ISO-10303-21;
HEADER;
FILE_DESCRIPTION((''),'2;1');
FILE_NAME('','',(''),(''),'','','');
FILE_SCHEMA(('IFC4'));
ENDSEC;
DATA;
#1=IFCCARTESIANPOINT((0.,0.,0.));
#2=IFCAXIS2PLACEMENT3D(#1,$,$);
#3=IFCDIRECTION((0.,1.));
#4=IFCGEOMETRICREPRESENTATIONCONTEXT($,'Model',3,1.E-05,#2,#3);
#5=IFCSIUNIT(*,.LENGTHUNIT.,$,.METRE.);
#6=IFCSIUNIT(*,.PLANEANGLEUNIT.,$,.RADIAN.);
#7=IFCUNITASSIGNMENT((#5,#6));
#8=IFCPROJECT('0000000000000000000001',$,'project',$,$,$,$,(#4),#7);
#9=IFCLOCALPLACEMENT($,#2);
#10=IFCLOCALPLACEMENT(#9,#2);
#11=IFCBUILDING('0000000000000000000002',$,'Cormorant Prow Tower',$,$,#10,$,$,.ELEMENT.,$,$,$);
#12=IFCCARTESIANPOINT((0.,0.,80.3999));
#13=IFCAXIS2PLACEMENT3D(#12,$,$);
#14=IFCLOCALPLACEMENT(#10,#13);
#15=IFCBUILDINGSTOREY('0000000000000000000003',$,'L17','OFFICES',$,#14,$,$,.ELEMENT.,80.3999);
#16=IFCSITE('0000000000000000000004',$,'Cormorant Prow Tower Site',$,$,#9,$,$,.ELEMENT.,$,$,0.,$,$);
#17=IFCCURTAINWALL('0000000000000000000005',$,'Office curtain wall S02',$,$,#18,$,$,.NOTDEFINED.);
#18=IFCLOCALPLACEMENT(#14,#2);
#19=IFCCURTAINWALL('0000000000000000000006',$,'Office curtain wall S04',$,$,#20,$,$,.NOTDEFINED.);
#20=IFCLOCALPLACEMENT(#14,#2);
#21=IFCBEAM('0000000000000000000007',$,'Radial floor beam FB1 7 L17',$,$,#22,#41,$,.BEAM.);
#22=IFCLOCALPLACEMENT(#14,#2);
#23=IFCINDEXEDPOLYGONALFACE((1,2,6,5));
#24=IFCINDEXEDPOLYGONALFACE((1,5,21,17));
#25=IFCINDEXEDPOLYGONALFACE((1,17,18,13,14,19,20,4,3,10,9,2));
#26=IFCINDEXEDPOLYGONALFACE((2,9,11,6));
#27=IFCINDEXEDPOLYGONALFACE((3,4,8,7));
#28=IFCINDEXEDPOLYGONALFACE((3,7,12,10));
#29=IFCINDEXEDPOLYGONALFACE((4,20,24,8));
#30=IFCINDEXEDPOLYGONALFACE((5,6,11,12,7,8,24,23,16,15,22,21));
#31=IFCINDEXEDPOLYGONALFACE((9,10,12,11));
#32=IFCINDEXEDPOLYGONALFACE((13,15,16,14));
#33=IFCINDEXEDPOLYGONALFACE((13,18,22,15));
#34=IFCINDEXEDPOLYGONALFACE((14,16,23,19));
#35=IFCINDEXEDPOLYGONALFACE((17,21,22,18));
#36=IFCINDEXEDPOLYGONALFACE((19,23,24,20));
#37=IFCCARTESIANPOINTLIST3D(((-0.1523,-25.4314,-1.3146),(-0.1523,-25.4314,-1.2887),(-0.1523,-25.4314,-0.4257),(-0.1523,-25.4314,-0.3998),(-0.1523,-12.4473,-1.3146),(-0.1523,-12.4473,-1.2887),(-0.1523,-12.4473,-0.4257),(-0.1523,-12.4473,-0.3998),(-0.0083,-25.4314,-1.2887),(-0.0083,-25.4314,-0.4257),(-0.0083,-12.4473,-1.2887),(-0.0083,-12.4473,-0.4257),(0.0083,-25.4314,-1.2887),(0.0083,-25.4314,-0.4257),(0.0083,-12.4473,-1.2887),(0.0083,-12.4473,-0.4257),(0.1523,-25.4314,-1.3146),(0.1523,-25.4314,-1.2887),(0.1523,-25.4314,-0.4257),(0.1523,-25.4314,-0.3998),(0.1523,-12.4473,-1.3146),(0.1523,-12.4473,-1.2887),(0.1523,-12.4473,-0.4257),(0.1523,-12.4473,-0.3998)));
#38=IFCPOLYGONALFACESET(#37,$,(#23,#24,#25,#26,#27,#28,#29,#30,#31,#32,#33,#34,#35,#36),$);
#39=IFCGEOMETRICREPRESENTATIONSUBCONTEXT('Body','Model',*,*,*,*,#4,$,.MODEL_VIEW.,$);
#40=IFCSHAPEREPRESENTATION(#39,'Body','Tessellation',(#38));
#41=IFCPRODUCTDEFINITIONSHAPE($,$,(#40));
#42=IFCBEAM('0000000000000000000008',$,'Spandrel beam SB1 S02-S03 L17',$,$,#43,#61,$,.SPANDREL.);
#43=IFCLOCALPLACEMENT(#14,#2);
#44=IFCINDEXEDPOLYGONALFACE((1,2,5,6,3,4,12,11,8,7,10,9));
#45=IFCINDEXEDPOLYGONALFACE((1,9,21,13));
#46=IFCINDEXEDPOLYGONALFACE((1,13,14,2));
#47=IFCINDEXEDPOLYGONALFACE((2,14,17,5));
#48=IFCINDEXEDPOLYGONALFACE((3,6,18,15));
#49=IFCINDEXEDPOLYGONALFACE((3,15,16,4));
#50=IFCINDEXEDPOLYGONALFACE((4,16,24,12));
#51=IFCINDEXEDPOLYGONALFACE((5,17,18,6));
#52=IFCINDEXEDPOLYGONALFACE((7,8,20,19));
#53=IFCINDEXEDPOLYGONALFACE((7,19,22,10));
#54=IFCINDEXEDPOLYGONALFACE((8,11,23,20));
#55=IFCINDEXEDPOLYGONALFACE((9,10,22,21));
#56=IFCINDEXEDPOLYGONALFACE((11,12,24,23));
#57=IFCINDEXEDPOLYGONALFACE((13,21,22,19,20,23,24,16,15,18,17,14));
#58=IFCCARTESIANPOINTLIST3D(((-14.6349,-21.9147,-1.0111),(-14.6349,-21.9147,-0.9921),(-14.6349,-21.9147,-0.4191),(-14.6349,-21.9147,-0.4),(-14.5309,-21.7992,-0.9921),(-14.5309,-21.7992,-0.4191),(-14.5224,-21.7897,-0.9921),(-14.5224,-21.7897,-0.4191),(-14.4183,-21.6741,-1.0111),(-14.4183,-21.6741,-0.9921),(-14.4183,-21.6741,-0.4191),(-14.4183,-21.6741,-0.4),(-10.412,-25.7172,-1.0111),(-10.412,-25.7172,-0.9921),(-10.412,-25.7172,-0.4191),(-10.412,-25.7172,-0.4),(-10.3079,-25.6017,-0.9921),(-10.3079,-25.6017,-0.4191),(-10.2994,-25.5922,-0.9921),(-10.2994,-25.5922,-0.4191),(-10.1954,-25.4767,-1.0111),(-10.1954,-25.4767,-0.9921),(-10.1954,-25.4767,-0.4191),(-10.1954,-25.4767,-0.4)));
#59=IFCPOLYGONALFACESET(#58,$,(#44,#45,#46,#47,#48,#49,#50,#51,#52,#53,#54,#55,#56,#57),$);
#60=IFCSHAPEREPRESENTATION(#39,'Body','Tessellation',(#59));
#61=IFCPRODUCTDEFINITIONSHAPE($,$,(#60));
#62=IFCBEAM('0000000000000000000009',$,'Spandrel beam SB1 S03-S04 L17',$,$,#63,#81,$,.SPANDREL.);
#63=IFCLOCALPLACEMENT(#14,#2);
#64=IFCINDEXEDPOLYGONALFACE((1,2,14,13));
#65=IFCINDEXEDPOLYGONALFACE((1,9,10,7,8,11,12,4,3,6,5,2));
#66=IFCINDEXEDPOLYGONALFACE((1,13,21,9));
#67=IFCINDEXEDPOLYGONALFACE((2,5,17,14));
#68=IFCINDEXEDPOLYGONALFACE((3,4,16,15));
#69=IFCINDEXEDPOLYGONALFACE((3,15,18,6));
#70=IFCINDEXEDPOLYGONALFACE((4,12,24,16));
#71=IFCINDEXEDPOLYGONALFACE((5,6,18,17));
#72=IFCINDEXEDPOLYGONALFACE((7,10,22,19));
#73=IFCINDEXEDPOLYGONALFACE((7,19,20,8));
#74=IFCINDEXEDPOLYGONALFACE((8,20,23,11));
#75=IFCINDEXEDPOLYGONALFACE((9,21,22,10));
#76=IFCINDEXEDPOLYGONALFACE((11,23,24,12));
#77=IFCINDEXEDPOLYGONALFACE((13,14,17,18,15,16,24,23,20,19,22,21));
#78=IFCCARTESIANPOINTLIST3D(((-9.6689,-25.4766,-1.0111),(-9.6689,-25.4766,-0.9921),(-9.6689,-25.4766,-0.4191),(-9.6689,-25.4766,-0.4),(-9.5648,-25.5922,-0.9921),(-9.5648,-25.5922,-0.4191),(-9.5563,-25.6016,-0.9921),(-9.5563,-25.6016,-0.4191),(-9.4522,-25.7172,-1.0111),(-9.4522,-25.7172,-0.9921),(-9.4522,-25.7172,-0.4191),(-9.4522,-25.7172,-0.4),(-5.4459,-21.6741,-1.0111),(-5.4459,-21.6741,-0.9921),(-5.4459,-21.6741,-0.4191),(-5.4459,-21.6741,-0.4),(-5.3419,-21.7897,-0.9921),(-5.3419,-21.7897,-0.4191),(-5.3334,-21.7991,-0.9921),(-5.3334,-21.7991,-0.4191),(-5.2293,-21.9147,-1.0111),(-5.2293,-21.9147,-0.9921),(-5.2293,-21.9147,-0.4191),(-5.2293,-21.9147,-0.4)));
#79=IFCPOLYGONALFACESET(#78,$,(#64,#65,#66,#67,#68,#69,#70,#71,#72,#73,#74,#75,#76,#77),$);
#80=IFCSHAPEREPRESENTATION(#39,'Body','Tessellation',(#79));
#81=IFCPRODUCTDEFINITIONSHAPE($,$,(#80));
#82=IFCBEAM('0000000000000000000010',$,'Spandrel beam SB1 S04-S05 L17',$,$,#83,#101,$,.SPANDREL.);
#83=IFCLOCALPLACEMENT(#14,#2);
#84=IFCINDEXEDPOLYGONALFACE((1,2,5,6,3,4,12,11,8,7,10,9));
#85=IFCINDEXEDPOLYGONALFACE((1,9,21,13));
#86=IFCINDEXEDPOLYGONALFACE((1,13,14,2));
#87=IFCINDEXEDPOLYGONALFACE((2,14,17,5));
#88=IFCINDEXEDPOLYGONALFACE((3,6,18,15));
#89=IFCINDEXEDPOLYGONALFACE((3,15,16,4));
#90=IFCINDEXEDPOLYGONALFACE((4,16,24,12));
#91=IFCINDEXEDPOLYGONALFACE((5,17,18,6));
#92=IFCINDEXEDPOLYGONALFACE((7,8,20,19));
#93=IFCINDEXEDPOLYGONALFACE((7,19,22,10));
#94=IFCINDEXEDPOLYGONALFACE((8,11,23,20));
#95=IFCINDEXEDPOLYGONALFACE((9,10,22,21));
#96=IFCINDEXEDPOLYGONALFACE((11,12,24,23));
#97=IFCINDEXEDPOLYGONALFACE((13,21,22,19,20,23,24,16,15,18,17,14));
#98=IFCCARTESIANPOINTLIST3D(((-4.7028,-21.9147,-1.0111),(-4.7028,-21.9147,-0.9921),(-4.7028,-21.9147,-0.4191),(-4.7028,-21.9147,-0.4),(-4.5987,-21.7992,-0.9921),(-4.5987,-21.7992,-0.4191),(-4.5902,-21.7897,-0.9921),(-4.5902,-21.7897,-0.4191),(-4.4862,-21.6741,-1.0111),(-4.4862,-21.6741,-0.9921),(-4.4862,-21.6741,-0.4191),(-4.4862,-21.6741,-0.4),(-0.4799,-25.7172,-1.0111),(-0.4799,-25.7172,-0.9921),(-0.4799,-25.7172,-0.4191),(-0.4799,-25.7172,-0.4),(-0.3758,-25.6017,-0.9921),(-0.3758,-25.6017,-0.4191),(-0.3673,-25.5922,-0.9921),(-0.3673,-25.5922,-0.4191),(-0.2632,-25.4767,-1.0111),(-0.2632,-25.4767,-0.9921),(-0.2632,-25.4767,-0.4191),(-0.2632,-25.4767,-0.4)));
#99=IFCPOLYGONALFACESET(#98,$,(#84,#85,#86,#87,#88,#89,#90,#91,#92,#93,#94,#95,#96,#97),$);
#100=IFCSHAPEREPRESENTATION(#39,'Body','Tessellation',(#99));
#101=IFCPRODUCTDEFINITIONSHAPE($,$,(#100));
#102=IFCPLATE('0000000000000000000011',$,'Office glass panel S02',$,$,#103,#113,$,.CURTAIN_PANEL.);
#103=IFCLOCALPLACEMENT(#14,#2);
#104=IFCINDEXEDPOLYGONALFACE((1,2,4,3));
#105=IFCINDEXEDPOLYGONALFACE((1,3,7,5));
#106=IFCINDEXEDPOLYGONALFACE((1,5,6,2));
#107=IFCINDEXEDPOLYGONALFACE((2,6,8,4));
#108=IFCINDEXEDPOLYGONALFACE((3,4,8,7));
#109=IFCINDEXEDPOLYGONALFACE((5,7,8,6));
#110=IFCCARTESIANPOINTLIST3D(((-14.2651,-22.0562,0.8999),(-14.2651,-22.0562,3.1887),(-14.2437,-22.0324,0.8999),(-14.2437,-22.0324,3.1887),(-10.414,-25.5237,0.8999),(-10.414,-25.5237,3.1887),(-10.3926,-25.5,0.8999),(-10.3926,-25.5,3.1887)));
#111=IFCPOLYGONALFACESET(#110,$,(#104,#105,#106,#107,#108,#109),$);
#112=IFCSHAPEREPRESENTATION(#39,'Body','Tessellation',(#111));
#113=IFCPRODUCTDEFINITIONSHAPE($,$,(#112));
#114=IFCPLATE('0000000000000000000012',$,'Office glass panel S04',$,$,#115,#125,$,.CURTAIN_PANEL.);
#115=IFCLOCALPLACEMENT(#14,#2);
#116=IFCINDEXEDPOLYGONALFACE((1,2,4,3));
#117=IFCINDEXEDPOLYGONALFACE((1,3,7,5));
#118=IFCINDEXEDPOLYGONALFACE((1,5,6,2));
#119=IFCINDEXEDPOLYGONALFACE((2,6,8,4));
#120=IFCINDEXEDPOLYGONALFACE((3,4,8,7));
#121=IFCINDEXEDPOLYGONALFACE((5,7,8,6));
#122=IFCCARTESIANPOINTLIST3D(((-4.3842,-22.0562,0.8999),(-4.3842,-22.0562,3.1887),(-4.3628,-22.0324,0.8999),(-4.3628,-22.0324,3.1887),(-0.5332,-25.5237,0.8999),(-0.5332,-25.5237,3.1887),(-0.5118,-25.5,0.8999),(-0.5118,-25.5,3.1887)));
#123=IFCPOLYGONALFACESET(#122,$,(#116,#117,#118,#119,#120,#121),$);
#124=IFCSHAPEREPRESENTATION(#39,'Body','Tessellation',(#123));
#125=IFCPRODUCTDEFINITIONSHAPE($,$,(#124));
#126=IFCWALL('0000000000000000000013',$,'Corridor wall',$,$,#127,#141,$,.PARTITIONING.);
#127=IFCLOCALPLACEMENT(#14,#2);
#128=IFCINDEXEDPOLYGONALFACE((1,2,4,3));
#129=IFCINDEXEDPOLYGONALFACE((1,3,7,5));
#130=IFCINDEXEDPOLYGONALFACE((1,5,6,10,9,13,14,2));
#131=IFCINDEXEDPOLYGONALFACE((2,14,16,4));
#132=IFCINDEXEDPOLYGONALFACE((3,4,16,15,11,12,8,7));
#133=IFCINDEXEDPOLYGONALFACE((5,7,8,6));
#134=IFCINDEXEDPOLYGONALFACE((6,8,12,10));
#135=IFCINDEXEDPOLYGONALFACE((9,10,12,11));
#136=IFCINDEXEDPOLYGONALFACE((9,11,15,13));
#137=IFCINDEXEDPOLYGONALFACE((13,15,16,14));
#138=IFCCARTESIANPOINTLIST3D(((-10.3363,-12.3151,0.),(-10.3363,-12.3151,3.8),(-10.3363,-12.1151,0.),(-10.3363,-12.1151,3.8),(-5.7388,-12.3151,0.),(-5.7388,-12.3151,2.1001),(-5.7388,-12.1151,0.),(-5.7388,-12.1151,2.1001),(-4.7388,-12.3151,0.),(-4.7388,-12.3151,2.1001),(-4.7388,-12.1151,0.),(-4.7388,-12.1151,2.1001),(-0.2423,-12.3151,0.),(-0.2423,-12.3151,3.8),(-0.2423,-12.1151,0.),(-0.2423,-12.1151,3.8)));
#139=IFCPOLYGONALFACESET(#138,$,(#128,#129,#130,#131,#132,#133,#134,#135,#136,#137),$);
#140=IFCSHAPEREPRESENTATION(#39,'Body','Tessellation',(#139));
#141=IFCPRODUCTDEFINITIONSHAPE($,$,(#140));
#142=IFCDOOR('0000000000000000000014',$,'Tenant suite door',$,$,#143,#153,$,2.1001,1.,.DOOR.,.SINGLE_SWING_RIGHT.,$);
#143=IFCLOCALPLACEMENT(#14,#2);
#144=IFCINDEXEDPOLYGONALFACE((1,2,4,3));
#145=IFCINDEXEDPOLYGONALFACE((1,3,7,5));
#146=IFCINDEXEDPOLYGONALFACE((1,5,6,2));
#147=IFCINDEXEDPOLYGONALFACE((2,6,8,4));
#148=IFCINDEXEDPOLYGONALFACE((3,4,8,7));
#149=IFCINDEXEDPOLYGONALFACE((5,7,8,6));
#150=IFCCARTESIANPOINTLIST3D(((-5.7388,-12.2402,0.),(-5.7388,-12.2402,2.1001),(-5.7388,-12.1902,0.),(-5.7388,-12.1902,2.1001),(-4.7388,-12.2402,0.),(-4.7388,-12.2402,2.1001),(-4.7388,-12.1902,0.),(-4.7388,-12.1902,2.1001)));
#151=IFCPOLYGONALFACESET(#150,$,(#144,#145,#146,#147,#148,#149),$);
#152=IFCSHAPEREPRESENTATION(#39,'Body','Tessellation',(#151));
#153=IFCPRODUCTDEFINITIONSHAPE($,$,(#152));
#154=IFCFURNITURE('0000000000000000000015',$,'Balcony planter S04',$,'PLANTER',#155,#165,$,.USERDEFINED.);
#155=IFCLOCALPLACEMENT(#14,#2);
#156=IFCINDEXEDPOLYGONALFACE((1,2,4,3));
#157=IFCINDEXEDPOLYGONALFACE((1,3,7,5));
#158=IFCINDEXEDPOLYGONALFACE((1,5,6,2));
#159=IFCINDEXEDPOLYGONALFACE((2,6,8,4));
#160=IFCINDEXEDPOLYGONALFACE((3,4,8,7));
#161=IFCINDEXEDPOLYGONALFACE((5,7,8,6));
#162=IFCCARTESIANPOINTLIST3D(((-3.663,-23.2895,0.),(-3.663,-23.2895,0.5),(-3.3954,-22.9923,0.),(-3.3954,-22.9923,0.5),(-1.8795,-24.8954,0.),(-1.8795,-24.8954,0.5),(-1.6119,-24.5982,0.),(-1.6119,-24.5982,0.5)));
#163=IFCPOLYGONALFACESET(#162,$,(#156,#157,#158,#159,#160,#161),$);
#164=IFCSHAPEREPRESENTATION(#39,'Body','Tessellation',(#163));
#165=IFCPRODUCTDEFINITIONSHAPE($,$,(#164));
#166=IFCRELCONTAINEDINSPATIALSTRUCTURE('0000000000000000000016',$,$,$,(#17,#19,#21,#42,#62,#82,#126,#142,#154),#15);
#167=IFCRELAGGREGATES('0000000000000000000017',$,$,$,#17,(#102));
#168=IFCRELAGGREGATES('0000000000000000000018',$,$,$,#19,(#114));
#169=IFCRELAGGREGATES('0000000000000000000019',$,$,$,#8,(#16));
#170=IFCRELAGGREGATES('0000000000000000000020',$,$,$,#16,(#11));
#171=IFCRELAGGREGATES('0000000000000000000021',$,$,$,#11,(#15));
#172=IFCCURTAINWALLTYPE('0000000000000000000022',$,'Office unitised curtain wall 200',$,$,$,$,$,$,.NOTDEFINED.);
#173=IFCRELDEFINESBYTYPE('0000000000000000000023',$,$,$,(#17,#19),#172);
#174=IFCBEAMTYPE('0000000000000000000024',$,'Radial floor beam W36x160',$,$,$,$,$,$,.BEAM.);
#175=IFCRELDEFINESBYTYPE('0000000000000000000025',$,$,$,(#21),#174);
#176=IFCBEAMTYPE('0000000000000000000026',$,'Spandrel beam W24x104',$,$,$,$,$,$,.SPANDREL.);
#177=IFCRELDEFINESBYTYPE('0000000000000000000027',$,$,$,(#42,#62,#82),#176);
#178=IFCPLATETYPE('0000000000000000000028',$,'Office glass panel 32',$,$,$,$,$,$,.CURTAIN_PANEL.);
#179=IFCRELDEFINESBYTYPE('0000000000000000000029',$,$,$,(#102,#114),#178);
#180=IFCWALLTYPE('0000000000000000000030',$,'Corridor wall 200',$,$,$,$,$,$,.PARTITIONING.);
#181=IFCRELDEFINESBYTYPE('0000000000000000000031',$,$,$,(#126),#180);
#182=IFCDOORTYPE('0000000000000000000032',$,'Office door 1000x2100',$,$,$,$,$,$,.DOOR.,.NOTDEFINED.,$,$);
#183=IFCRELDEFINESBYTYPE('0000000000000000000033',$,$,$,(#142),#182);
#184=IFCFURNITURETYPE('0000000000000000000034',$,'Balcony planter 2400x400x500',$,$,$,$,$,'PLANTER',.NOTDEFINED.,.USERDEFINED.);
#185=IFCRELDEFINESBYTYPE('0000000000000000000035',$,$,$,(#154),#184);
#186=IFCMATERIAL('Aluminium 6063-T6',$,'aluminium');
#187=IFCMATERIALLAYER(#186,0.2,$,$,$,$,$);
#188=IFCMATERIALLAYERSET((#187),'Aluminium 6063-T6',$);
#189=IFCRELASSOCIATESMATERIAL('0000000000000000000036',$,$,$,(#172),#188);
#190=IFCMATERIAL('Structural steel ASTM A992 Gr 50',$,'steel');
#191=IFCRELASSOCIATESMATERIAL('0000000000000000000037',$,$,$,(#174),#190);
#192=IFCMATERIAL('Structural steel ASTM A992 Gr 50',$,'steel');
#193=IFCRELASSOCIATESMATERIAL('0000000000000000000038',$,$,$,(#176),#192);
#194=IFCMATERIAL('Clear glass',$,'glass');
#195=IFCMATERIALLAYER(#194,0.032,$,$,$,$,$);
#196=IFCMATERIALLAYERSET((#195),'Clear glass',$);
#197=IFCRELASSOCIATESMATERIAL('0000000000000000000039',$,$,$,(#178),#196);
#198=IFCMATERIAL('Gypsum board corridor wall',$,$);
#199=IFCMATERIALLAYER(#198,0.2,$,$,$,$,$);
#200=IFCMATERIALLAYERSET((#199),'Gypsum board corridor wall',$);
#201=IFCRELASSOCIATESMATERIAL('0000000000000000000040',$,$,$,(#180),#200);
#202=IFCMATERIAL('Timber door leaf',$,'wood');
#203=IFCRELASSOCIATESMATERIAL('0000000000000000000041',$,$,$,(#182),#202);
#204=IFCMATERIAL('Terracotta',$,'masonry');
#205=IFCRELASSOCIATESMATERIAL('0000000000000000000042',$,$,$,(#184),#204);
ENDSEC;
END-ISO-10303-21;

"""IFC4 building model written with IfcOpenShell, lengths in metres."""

from ifc_helpers import new_model, si_unit, direction, frame, frame_2d, origin, origin_2d, place, context, subcontext, project, spatial, rectangle, i_section, extrude, material, layer, layer_set, material_profile, profile_set, type_object, element, fill, aggregate, save


model = new_model("IFC4")

# Units and contexts
model_context = context("Model", 3, precision=1e-05, world=origin(), true_north=direction((0.0, 1.0)))
body_context = subcontext(model_context, "Body", "Model", "MODEL_VIEW")
ifc_project = project(units=[si_unit("LENGTHUNIT", "METRE"), si_unit("PLANEANGLEUNIT", "RADIAN")], contexts=[model_context])

# Site, building, storey
site_placement = place(None, origin())
site = spatial("IfcSite", under=ifc_project, at=site_placement, Name="Cormorant Prow Tower Site", CompositionType="ELEMENT", RefElevation=0.0)
building_placement = place(site_placement, origin())
building = spatial("IfcBuilding", under=site, at=building_placement, Name="Cormorant Prow Tower", CompositionType="ELEMENT")
storey_placement = place(building_placement, frame((0.0, 0.0, 80.3999)))
storey = spatial("IfcBuildingStorey", under=building, at=storey_placement, Name="L17", Description="OFFICES", CompositionType="ELEMENT", Elevation=80.3999)

# Curtain walls
ifc_material_1 = material(Name="Aluminium 6063-T6", Category="aluminium")
ifc_layer_1 = layer(ifc_material_1, 0.2)
ifc_layer_set_1 = layer_set([ifc_layer_1], Name="Aluminium 6063-T6")
curtain_wall_type = type_object("IfcCurtainWallType", Name="Office unitised curtain wall 200", PredefinedType="NOTDEFINED", material=ifc_layer_set_1)
curtain_wall_1_placement = place(storey_placement, origin())
curtain_wall_1 = element("IfcCurtainWall", 1, at=curtain_wall_1_placement, inside=storey, type_object=curtain_wall_type, Name="Office curtain wall S02", PredefinedType="NOTDEFINED")
curtain_wall_2_placement = place(storey_placement, origin())
curtain_wall_2 = element("IfcCurtainWall", 2, at=curtain_wall_2_placement, inside=storey, type_object=curtain_wall_type, Name="Office curtain wall S04", PredefinedType="NOTDEFINED")

# Beams
ifc_material_2 = material(Name="Structural steel ASTM A992 Gr 50", Category="steel")
ifc_material_profile_1 = material_profile(ifc_material_2, i_section(OverallWidth=0.3047, OverallDepth=0.9148, WebThickness=0.0166, FlangeThickness=0.0259, at=origin_2d()), Name="W36x160")
ifc_profile_set_1 = profile_set([ifc_material_profile_1], Name="Structural steel ASTM A992 Gr 50")
beam_type_1 = type_object("IfcBeamType", Name="Radial floor beam W36x160", PredefinedType="BEAM", material=ifc_profile_set_1)
beam_1_placement = place(storey_placement, frame((0.0, -12.4473, -0.8572), z_axis=(0.0, -1.0, 0.0), x_axis=(1.0, 0.0, 0.0)))
element("IfcBeam", 3, at=beam_1_placement, inside=storey, type_object=beam_type_1, Name="Radial floor beam FB1 7 L17", PredefinedType="BEAM", context=body_context, shape_type="SweptSolid", body=[
    extrude(i_section(OverallWidth=0.3047, OverallDepth=0.9148, WebThickness=0.0166, FlangeThickness=0.0259, at=origin_2d()), origin(), (0.0, 0.0, 1.0), 12.9841),
])
ifc_material_3 = material(Name="Structural steel ASTM A992 Gr 50", Category="steel")
ifc_material_profile_2 = material_profile(ifc_material_3, i_section(OverallWidth=0.3237, OverallDepth=0.6111, WebThickness=0.0127, FlangeThickness=0.019, at=origin_2d()), Name="W24x104")
ifc_profile_set_2 = profile_set([ifc_material_profile_2], Name="Structural steel ASTM A992 Gr 50")
beam_type_2 = type_object("IfcBeamType", Name="Spandrel beam W24x104", PredefinedType="SPANDREL", material=ifc_profile_set_2)
for number, where, z_axis, x_axis, name in (
    (4, (-14.5266, -21.7944, -0.7056), (0.74313, -0.669147, 0.0), (0.669147, 0.74313, 0.0), "Spandrel beam SB1 S02-S03 L17"),
    (5, (-9.5605, -25.5969, -0.7056), (0.74313, 0.669147, 0.0), (-0.669147, 0.74313, 0.0), "Spandrel beam SB1 S03-S04 L17"),
    (6, (-4.5945, -21.7944, -0.7056), (0.74313, -0.669147, 0.0), (0.669147, 0.74313, 0.0), "Spandrel beam SB1 S04-S05 L17"),
):
    element("IfcBeam", number, at=place(storey_placement, frame(where, z_axis=z_axis, x_axis=x_axis)), inside=storey, type_object=beam_type_2, Name=name, PredefinedType="SPANDREL", context=body_context, shape_type="SweptSolid", body=[
        extrude(i_section(OverallWidth=0.3237, OverallDepth=0.6111, WebThickness=0.0127, FlangeThickness=0.019, at=origin_2d()), origin(), (0.0, 0.0, 1.0), 5.6826),
    ])

# Plates
ifc_material_4 = material(Name="Clear glass", Category="glass")
ifc_layer_2 = layer(ifc_material_4, 0.032)
ifc_layer_set_2 = layer_set([ifc_layer_2], Name="Clear glass")
plate_type = type_object("IfcPlateType", Name="Office glass panel 32", PredefinedType="CURTAIN_PANEL", material=ifc_layer_set_2)
plate_1_placement = place(storey_placement, frame((-12.3289, -23.7781, 0.8999), z_axis=(0.0, 0.0, 1.0), x_axis=(0.743145, -0.669131, 0.0)))
plate_1 = element("IfcPlate", 7, at=plate_1_placement, type_object=plate_type, Name="Office glass panel S02", PredefinedType="CURTAIN_PANEL", context=body_context, shape_type="SweptSolid", body=[
    extrude(rectangle(XDim=5.1821, YDim=0.032, at=origin_2d()), origin(), (0.0, 0.0, 1.0), 2.2888),
])
aggregate(curtain_wall_1, [plate_1])
plate_2_placement = place(storey_placement, frame((-2.448, -23.7781, 0.8999), z_axis=(0.0, 0.0, 1.0), x_axis=(0.743145, -0.669131, 0.0)))
plate_2 = element("IfcPlate", 8, at=plate_2_placement, type_object=plate_type, Name="Office glass panel S04", PredefinedType="CURTAIN_PANEL", context=body_context, shape_type="SweptSolid", body=[
    extrude(rectangle(XDim=5.1821, YDim=0.032, at=origin_2d()), origin(), (0.0, 0.0, 1.0), 2.2888),
])
aggregate(curtain_wall_2, [plate_2])

# Wall, opening, door
ifc_material_5 = material(Name="Gypsum board corridor wall")
ifc_layer_3 = layer(ifc_material_5, 0.2)
ifc_layer_set_3 = layer_set([ifc_layer_3], Name="Gypsum board corridor wall")
wall_type_1 = type_object("IfcWallType", Name="Corridor wall 200", PredefinedType="PARTITIONING", material=ifc_layer_set_3)
wall_1_placement = place(storey_placement, frame((-10.3362, -12.2151, 0.0), z_axis=(0.0, 0.0, 1.0), x_axis=(1.0, 0.0, 0.0)))
wall_1 = element("IfcWall", 9, at=wall_1_placement, inside=storey, type_object=wall_type_1, Name="Corridor wall", PredefinedType="PARTITIONING", context=body_context, shape_type="SweptSolid", body=[
    extrude(rectangle(XDim=10.094, YDim=0.2, at=frame_2d((5.0469, 0.0))), origin(), (0.0, 0.0, 1.0), 3.8),
])
opening_1_placement = place(wall_1_placement, frame((4.5974, 0.0, 0.0)))
opening_1 = element("IfcOpeningElement", 10, at=opening_1_placement, cuts=wall_1, PredefinedType="OPENING", context=body_context, shape_type="SweptSolid", body=[
    extrude(rectangle(XDim=1.0, YDim=2.1001, at=frame_2d((0.5, 1.05))), frame((0.0, 0.1099, 0.0), z_axis=(0.0, -1.0, 0.0), x_axis=(1.0, 0.0, 0.0)), (0.0, 0.0, 1.0), 0.22),
])
ifc_material_6 = material(Name="Timber door leaf", Category="wood")
door_type_1 = type_object("IfcDoorType", Name="Office door 1000x2100", OperationType="NOTDEFINED", PredefinedType="DOOR", material=ifc_material_6)
door_1_placement = place(opening_1_placement, origin())
door_1 = element("IfcDoor", 11, at=door_1_placement, inside=storey, type_object=door_type_1, Name="Tenant suite door", OperationType="SINGLE_SWING_RIGHT", OverallHeight=2.1001, OverallWidth=1.0, PredefinedType="DOOR", context=body_context, shape_type="SweptSolid", body=[
    extrude(rectangle(XDim=1.0, YDim=2.1001, at=frame_2d((0.5, 1.05))), frame((0.0, 0.0249, 0.0), z_axis=(0.0, -1.0, 0.0), x_axis=(1.0, 0.0, 0.0)), (0.0, 0.0, 1.0), 0.05),
])
fill(opening_1, door_1)

# Furniture
ifc_material_7 = material(Name="Terracotta", Category="masonry")
furniture_type = type_object("IfcFurnitureType", Name="Balcony planter 2400x400x500", ElementType="PLANTER", AssemblyPlace="NOTDEFINED", PredefinedType="USERDEFINED", material=ifc_material_7)
furniture_placement = place(storey_placement, frame((-2.6375, -23.9438, 0.0), z_axis=(0.0, 0.0, 1.0), x_axis=(0.743145, -0.669131, 0.0)))
element("IfcFurniture", 12, at=furniture_placement, inside=storey, type_object=furniture_type, Name="Balcony planter S04", ObjectType="PLANTER", PredefinedType="USERDEFINED", context=body_context, shape_type="SweptSolid", body=[
    extrude(rectangle(XDim=2.3999, YDim=0.3999, at=origin_2d()), origin(), (0.0, 0.0, 1.0), 0.5),
])

save(model, "model.ifc")
